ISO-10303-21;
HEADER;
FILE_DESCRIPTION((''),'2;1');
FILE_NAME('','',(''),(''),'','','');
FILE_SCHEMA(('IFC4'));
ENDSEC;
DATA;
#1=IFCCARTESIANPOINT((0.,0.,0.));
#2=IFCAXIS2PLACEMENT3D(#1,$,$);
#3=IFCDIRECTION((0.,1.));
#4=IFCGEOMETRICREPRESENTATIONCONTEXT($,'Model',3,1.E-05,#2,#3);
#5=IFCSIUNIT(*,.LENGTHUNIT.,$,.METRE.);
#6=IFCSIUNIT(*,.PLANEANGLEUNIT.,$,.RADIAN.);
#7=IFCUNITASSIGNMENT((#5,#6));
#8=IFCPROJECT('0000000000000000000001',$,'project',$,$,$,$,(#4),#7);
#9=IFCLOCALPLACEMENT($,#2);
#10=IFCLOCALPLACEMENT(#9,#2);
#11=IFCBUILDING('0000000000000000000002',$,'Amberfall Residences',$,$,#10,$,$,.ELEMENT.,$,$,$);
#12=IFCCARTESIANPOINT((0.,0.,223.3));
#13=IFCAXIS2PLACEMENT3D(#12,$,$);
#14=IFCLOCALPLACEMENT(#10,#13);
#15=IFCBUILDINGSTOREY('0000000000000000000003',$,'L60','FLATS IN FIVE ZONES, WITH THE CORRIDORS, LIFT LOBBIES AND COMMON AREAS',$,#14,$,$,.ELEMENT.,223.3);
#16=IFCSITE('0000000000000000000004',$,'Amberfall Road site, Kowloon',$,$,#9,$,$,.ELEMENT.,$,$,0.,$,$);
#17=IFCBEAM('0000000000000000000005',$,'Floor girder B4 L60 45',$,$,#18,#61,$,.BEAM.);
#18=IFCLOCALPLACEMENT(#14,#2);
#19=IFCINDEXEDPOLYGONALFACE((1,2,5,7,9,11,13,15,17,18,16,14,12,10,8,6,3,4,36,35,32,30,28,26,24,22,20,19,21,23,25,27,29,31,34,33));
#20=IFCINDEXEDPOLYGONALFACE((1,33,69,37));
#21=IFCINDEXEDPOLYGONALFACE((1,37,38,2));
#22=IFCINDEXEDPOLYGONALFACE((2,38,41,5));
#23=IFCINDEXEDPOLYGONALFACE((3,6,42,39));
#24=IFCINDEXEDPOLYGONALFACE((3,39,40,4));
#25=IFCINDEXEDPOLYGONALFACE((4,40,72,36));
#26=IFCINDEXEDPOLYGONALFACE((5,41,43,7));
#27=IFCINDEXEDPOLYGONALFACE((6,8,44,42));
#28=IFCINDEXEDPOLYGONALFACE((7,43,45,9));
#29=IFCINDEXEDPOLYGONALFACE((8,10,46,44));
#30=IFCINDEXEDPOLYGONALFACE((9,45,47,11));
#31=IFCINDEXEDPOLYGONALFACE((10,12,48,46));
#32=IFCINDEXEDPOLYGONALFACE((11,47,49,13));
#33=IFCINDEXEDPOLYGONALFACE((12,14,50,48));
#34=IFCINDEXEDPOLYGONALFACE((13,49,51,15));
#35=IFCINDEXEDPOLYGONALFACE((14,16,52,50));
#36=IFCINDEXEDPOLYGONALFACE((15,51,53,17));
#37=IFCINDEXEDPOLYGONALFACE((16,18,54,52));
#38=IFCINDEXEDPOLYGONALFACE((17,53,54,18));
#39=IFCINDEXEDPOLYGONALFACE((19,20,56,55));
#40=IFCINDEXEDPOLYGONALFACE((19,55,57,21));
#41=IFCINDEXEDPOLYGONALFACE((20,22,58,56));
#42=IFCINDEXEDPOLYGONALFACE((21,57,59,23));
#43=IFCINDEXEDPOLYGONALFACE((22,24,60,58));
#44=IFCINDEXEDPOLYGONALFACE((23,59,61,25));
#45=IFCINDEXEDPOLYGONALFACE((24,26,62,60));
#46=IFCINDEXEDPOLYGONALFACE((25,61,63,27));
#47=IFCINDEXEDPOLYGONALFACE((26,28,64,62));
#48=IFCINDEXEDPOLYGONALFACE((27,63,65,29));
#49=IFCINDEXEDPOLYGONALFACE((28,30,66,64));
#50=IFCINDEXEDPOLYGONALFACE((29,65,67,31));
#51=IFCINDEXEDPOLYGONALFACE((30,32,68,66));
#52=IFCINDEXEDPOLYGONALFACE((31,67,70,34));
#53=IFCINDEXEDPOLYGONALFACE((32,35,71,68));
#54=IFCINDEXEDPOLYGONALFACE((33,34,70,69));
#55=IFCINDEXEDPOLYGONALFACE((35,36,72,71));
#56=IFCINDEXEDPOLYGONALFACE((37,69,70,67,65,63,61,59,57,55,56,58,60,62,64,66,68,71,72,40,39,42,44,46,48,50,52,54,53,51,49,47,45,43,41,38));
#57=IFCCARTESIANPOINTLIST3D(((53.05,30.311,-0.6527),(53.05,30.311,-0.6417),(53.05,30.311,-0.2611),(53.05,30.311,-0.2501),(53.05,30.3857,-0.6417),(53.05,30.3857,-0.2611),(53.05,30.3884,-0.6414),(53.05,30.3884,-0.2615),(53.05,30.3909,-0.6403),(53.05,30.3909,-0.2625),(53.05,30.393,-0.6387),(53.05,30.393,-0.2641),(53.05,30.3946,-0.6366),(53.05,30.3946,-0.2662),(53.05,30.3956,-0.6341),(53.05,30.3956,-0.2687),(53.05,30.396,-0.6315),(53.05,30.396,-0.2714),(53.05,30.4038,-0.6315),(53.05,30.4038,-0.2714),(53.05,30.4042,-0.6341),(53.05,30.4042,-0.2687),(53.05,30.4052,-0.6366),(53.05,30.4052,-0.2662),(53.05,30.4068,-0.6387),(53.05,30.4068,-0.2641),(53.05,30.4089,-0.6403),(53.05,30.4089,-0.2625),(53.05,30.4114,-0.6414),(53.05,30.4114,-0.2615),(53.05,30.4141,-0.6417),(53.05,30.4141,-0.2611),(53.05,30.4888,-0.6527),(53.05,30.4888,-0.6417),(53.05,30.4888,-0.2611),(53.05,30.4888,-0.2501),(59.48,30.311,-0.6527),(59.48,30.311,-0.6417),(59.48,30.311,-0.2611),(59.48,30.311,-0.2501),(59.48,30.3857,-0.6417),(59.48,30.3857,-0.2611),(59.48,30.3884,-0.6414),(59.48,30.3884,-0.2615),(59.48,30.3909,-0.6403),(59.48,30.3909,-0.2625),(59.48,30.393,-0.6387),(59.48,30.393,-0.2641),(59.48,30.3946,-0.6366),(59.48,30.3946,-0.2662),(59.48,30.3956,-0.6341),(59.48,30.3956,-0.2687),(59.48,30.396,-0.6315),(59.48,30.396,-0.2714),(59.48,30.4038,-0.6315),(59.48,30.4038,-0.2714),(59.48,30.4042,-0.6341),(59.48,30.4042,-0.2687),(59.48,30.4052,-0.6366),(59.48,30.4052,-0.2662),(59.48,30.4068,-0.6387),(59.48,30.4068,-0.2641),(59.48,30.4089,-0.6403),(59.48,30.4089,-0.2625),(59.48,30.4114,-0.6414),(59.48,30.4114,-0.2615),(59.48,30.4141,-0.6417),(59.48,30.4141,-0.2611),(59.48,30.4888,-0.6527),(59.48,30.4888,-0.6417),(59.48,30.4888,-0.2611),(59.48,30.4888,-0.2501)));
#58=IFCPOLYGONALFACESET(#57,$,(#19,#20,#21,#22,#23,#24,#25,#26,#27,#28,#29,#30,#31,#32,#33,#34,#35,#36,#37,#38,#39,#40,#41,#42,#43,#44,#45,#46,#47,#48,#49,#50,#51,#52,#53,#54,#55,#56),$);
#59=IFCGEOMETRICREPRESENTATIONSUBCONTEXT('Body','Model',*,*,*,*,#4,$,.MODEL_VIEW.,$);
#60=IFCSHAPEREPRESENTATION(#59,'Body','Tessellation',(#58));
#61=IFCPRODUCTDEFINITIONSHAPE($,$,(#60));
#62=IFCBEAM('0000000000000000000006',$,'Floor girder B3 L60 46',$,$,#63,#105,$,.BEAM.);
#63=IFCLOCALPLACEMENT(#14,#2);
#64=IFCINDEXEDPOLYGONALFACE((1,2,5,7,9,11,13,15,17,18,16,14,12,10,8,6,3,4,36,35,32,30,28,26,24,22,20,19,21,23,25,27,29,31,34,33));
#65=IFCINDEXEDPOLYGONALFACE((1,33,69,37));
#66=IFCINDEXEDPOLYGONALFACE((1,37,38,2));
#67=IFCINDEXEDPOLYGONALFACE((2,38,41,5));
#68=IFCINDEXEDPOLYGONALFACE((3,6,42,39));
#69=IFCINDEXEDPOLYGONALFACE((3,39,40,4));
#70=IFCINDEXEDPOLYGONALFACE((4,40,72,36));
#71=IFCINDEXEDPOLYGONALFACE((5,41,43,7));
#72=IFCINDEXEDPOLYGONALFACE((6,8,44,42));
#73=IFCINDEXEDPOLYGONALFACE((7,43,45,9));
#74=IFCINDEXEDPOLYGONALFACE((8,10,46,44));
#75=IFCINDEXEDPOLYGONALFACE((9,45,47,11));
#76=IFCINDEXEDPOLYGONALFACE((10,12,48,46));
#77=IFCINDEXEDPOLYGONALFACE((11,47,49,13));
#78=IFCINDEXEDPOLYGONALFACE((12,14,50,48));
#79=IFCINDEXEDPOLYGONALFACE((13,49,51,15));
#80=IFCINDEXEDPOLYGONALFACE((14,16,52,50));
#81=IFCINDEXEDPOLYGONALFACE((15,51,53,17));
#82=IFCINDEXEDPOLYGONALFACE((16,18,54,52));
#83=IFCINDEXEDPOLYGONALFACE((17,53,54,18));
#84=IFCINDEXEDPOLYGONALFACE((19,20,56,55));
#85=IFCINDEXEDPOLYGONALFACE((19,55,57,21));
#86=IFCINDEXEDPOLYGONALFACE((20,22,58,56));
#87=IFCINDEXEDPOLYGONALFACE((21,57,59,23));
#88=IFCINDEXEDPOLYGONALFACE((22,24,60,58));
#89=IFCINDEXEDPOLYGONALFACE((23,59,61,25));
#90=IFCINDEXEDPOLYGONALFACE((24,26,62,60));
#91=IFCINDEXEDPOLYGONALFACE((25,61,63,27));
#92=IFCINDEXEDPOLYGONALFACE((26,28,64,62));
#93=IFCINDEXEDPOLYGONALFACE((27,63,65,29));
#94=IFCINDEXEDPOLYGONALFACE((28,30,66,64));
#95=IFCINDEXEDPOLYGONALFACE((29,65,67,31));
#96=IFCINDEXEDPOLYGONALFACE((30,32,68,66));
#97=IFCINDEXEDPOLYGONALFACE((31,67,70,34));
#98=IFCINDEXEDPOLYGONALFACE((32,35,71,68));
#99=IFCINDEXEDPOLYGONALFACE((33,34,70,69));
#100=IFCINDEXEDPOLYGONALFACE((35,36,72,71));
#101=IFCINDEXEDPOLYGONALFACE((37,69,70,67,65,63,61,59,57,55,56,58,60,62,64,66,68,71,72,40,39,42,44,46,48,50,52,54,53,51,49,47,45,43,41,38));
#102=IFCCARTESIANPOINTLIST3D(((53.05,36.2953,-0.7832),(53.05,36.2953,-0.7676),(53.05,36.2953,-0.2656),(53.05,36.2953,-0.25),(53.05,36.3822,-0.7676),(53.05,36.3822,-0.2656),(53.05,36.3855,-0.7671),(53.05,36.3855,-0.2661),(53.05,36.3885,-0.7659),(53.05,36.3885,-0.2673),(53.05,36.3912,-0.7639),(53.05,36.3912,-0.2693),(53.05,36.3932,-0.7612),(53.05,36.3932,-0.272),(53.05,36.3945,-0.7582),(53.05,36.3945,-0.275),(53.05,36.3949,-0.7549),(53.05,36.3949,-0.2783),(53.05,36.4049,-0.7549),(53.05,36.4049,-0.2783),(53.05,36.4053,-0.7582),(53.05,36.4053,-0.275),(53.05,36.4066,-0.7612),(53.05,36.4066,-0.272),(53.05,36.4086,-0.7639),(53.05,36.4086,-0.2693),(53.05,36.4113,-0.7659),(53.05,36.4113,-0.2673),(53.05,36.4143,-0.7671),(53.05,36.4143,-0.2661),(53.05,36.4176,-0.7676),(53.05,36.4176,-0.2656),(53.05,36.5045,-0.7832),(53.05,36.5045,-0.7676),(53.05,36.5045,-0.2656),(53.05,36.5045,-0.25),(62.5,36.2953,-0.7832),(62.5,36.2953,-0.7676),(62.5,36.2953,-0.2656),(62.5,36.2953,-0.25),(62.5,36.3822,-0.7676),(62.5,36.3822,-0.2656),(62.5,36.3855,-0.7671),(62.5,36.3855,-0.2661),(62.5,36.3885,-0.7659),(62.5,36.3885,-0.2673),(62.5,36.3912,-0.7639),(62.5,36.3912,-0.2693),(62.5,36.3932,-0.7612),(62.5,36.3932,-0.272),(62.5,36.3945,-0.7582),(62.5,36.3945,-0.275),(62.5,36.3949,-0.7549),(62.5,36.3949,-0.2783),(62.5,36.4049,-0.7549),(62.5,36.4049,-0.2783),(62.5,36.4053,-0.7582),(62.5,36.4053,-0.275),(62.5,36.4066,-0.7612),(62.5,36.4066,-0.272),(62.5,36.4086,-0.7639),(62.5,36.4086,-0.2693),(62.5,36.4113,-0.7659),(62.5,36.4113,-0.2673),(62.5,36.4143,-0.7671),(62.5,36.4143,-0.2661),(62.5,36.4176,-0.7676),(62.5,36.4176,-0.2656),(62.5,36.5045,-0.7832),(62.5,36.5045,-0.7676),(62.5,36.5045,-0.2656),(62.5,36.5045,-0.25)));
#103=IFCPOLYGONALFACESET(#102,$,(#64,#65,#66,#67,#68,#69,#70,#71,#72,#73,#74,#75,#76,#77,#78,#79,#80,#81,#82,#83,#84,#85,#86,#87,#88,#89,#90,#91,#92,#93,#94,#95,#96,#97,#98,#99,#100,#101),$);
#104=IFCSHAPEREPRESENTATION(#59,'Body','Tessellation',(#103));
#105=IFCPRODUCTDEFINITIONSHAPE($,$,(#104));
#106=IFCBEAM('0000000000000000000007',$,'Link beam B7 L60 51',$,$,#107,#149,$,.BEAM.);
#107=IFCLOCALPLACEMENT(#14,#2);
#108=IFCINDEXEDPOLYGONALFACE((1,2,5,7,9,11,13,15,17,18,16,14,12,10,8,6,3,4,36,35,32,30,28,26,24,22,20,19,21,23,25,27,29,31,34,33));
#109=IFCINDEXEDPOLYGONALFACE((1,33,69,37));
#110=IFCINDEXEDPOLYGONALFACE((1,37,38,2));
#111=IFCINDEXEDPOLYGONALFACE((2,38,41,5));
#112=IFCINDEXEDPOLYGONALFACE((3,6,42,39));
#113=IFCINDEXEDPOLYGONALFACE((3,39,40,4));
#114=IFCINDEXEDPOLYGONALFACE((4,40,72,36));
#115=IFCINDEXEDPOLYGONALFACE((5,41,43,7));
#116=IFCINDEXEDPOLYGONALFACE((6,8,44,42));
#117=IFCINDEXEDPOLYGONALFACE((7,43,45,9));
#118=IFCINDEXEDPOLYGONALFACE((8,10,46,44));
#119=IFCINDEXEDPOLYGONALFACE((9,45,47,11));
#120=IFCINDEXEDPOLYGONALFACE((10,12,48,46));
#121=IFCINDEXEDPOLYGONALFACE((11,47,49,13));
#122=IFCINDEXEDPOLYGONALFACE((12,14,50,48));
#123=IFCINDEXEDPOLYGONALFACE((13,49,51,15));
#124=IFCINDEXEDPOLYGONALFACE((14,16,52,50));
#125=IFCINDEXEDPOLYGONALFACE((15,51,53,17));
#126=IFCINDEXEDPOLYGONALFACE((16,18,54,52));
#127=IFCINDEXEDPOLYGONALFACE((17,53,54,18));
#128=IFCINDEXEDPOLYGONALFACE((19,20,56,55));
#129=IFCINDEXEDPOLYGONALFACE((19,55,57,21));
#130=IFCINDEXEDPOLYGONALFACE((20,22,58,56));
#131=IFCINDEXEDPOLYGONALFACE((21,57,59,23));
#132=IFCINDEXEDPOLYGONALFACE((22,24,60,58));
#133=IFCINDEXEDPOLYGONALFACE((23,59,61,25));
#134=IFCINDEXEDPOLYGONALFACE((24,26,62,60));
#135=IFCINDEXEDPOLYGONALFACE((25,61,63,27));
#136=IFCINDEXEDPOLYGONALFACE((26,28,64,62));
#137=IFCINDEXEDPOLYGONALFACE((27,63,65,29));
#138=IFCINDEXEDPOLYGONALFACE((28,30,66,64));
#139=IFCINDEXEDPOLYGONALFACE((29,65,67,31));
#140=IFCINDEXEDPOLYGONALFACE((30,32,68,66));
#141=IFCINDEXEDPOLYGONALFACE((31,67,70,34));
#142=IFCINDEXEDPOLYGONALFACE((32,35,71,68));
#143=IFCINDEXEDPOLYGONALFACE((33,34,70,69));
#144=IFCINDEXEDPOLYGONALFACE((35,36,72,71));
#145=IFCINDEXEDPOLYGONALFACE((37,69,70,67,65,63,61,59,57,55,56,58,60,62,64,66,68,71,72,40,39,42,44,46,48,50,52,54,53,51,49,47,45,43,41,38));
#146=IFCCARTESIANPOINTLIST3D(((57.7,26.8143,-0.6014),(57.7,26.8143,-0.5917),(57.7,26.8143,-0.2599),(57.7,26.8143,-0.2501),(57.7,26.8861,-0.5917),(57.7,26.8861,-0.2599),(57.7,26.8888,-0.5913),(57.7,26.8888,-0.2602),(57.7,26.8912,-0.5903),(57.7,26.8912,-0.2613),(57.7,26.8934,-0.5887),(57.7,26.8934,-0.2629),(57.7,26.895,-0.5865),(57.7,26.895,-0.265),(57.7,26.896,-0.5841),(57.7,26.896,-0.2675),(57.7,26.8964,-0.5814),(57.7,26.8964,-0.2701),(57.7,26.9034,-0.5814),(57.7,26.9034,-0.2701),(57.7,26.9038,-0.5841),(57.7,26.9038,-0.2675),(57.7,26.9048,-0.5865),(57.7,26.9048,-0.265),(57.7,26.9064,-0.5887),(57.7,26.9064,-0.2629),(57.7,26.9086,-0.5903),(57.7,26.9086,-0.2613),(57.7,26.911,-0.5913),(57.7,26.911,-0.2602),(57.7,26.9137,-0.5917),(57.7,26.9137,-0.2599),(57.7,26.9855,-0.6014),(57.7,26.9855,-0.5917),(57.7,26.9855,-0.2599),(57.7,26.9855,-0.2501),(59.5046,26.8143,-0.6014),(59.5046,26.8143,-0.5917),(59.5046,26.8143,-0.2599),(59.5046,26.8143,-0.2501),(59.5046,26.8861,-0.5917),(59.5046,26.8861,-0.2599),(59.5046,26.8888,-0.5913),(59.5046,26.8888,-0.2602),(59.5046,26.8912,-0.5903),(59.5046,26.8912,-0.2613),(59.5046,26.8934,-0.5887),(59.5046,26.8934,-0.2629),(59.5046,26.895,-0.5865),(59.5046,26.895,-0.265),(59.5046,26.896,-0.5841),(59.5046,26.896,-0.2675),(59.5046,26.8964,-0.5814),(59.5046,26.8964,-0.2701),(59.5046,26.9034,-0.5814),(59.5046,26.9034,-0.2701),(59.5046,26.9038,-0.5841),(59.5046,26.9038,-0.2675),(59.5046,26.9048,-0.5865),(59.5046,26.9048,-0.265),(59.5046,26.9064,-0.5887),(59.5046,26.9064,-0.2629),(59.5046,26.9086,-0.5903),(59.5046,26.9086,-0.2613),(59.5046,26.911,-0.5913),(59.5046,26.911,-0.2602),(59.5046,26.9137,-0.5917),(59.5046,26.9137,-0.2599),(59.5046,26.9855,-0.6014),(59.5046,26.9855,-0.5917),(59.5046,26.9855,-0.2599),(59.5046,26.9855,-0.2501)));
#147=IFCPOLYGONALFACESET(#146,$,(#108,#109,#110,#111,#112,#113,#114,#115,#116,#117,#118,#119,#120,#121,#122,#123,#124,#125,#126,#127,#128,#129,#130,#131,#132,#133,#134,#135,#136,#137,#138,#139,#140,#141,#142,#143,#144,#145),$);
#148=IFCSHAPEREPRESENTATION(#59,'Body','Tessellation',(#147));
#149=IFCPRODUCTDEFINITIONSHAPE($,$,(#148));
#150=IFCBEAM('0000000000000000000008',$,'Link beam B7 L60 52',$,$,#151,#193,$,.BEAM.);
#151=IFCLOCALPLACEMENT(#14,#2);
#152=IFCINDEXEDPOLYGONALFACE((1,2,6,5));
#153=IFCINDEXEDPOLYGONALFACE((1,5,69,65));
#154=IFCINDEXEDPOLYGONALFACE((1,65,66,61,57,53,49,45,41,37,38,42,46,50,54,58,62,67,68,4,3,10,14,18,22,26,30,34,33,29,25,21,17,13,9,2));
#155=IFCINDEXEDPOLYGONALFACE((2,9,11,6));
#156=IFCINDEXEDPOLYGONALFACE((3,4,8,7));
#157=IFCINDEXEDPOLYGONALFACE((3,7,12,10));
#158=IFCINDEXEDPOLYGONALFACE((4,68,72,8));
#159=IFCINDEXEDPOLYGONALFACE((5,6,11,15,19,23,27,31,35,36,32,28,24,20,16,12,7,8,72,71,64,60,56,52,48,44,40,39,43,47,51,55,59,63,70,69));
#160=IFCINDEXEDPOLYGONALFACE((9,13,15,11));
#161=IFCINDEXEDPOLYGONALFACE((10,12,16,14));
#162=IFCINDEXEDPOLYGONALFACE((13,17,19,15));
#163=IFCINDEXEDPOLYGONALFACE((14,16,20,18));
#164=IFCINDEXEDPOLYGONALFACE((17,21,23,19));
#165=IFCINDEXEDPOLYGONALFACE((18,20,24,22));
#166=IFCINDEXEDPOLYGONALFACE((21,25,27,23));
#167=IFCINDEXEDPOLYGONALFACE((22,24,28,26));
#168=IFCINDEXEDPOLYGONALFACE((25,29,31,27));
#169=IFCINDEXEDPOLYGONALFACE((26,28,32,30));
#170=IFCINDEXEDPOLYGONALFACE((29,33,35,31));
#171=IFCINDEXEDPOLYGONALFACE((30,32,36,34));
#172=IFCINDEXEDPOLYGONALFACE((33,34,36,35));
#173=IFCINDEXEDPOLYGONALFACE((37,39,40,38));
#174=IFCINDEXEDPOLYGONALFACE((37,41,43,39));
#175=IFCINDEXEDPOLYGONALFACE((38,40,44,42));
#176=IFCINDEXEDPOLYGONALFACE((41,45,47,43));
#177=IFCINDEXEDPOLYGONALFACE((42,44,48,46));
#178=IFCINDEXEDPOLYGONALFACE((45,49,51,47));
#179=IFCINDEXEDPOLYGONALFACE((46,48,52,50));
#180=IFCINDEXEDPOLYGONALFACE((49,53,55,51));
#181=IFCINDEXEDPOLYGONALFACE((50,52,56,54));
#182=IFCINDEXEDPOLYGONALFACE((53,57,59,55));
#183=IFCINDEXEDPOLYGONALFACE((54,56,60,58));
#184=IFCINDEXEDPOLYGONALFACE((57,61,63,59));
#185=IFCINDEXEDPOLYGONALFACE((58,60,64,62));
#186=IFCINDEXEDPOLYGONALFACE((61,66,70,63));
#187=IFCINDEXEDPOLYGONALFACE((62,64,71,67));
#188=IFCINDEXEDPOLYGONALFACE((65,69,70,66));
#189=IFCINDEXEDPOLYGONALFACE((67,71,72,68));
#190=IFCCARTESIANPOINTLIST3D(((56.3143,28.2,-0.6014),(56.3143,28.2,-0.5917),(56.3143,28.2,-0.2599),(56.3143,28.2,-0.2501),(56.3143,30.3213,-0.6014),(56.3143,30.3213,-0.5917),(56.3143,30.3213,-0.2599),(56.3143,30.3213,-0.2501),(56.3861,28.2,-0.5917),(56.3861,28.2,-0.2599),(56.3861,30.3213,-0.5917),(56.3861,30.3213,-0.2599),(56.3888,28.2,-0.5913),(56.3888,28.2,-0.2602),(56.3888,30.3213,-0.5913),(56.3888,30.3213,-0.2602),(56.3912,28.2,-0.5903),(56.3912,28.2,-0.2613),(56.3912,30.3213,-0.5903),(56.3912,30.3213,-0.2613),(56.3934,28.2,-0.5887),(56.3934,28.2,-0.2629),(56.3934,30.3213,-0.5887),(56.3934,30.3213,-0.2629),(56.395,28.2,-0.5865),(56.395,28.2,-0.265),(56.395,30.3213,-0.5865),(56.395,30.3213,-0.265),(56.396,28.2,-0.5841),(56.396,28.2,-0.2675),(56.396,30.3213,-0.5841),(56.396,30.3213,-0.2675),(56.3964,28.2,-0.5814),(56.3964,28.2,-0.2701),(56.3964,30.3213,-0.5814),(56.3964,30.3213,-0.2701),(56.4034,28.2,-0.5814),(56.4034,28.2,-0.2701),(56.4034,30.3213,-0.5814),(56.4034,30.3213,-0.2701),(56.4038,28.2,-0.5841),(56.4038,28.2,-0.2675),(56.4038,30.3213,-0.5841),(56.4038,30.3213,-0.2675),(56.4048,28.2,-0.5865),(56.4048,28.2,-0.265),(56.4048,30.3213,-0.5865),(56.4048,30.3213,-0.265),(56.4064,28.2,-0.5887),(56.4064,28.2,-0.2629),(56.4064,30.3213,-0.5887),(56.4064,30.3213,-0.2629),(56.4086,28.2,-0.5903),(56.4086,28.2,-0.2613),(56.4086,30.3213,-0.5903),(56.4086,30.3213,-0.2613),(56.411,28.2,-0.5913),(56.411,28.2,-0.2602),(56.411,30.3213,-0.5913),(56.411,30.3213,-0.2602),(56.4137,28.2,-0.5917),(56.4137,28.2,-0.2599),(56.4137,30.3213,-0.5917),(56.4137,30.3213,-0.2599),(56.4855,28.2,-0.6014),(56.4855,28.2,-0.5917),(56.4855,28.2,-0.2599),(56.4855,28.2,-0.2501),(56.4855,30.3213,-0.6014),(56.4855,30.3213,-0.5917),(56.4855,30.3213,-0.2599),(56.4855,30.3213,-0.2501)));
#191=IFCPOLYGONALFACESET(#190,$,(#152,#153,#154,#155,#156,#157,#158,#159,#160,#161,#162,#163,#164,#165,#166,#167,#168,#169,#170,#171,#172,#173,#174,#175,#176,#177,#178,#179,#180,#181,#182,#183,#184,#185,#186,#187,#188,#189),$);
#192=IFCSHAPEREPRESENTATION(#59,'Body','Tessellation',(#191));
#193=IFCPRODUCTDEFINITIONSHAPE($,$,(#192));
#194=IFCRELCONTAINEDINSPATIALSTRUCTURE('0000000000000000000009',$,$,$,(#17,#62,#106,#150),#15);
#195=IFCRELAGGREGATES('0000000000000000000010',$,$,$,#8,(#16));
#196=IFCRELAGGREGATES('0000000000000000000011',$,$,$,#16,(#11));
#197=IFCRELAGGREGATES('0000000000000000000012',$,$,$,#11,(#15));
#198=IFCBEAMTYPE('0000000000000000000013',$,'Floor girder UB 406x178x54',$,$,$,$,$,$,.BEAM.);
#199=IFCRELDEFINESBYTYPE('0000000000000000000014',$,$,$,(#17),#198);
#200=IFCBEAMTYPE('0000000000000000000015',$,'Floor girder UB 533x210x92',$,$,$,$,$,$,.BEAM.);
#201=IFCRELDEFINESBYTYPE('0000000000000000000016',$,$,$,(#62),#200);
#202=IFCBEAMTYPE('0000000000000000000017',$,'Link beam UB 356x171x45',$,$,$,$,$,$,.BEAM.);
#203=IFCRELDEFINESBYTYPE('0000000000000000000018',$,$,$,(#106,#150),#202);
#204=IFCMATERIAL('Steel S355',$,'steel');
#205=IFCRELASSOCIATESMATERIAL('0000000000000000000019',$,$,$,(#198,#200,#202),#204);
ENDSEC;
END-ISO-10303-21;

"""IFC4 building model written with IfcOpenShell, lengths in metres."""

from ifc_helpers import new_model, si_unit, direction, frame, origin, origin_2d, place, context, subcontext, project, spatial, i_section, extrude, material, material_profile, profile_set, type_object, element, save


model = new_model("IFC4")

# Units and contexts
model_context = context("Model", 3, precision=1e-05, world=origin(), true_north=direction((0.0, 1.0)))
body_context = subcontext(model_context, "Body", "Model", "MODEL_VIEW")
ifc_project = project(units=[si_unit("LENGTHUNIT", "METRE"), si_unit("PLANEANGLEUNIT", "RADIAN")], contexts=[model_context])

# Site, building, storey
site_placement = place(None, origin())
site = spatial("IfcSite", under=ifc_project, at=site_placement, Name="Amberfall Road site, Kowloon", CompositionType="ELEMENT", RefElevation=0.0)
building_placement = place(site_placement, origin())
building = spatial("IfcBuilding", under=site, at=building_placement, Name="Amberfall Residences", CompositionType="ELEMENT")
storey_placement = place(building_placement, frame((0.0, 0.0, 223.3)))
storey = spatial("IfcBuildingStorey", under=building, at=storey_placement, Name="L60", Description="FLATS IN FIVE ZONES, WITH THE CORRIDORS, LIFT LOBBIES AND COMMON AREAS", CompositionType="ELEMENT", Elevation=223.3)

# Beams
ifc_material_1 = material(Name="Steel S355", Category="steel")
ifc_material_profile_1 = material_profile(ifc_material_1, i_section(OverallWidth=0.1777, OverallDepth=0.4026, WebThickness=0.0078, FlangeThickness=0.011, FilletRadius=0.0103, at=origin_2d()), Name="UB 406x178x54")
ifc_profile_set_1 = profile_set([ifc_material_profile_1], Name="Steel S355")
beam_type_1 = type_object("IfcBeamType", Name="Floor girder UB 406x178x54", PredefinedType="BEAM", material=ifc_profile_set_1)
beam_1_placement = place(storey_placement, frame((53.05, 30.3999, -0.4514), z_axis=(1.0, 0.0, 0.0), x_axis=(0.0, 1.0, 0.0)))
element("IfcBeam", 1, at=beam_1_placement, inside=storey, type_object=beam_type_1, Name="Floor girder B4 L60 45", PredefinedType="BEAM", context=body_context, shape_type="SweptSolid", body=[
    extrude(i_section(OverallWidth=0.1777, OverallDepth=0.4026, WebThickness=0.0078, FlangeThickness=0.011, FilletRadius=0.0103, at=origin_2d()), origin(), (0.0, 0.0, 1.0), 6.4299),
])
ifc_material_profile_2 = material_profile(ifc_material_1, i_section(OverallWidth=0.2092, OverallDepth=0.5332, WebThickness=0.01, FlangeThickness=0.0156, FilletRadius=0.0127, at=origin_2d()), Name="UB 533x210x92")
ifc_profile_set_2 = profile_set([ifc_material_profile_2], Name="Steel S355")
beam_type_2 = type_object("IfcBeamType", Name="Floor girder UB 533x210x92", PredefinedType="BEAM", material=ifc_profile_set_2)
beam_2_placement = place(storey_placement, frame((53.05, 36.3999, -0.5166), z_axis=(1.0, 0.0, 0.0), x_axis=(0.0, 1.0, 0.0)))
element("IfcBeam", 2, at=beam_2_placement, inside=storey, type_object=beam_type_2, Name="Floor girder B3 L60 46", PredefinedType="BEAM", context=body_context, shape_type="SweptSolid", body=[
    extrude(i_section(OverallWidth=0.2092, OverallDepth=0.5332, WebThickness=0.01, FlangeThickness=0.0156, FilletRadius=0.0127, at=origin_2d()), origin(), (0.0, 0.0, 1.0), 9.45),
])
ifc_material_profile_3 = material_profile(ifc_material_1, i_section(OverallWidth=0.1711, OverallDepth=0.3513, WebThickness=0.0071, FlangeThickness=0.0098, FilletRadius=0.0103, at=origin_2d()), Name="UB 356x171x45")
ifc_profile_set_3 = profile_set([ifc_material_profile_3], Name="Steel S355")
beam_type_3 = type_object("IfcBeamType", Name="Link beam UB 356x171x45", PredefinedType="BEAM", material=ifc_profile_set_3)
beam_3_placement = place(storey_placement, frame((57.7, 26.8999, -0.4258), z_axis=(1.0, 0.0, 0.0), x_axis=(0.0, 1.0, 0.0)))
element("IfcBeam", 3, at=beam_3_placement, inside=storey, type_object=beam_type_3, Name="Link beam B7 L60 51", PredefinedType="BEAM", context=body_context, shape_type="SweptSolid", body=[
    extrude(i_section(OverallWidth=0.1711, OverallDepth=0.3513, WebThickness=0.0071, FlangeThickness=0.0098, FilletRadius=0.0103, at=origin_2d()), origin(), (0.0, 0.0, 1.0), 1.8047),
])
beam_4_placement = place(storey_placement, frame((56.3999, 28.2, -0.4258), z_axis=(0.0, 1.0, 0.0), x_axis=(-1.0, 0.0, 0.0)))
element("IfcBeam", 4, at=beam_4_placement, inside=storey, type_object=beam_type_3, Name="Link beam B7 L60 52", PredefinedType="BEAM", context=body_context, shape_type="SweptSolid", body=[
    extrude(i_section(OverallWidth=0.1711, OverallDepth=0.3513, WebThickness=0.0071, FlangeThickness=0.0098, FilletRadius=0.0103, at=origin_2d()), origin(), (0.0, 0.0, 1.0), 2.1213),
])

save(model, "model.ifc")
